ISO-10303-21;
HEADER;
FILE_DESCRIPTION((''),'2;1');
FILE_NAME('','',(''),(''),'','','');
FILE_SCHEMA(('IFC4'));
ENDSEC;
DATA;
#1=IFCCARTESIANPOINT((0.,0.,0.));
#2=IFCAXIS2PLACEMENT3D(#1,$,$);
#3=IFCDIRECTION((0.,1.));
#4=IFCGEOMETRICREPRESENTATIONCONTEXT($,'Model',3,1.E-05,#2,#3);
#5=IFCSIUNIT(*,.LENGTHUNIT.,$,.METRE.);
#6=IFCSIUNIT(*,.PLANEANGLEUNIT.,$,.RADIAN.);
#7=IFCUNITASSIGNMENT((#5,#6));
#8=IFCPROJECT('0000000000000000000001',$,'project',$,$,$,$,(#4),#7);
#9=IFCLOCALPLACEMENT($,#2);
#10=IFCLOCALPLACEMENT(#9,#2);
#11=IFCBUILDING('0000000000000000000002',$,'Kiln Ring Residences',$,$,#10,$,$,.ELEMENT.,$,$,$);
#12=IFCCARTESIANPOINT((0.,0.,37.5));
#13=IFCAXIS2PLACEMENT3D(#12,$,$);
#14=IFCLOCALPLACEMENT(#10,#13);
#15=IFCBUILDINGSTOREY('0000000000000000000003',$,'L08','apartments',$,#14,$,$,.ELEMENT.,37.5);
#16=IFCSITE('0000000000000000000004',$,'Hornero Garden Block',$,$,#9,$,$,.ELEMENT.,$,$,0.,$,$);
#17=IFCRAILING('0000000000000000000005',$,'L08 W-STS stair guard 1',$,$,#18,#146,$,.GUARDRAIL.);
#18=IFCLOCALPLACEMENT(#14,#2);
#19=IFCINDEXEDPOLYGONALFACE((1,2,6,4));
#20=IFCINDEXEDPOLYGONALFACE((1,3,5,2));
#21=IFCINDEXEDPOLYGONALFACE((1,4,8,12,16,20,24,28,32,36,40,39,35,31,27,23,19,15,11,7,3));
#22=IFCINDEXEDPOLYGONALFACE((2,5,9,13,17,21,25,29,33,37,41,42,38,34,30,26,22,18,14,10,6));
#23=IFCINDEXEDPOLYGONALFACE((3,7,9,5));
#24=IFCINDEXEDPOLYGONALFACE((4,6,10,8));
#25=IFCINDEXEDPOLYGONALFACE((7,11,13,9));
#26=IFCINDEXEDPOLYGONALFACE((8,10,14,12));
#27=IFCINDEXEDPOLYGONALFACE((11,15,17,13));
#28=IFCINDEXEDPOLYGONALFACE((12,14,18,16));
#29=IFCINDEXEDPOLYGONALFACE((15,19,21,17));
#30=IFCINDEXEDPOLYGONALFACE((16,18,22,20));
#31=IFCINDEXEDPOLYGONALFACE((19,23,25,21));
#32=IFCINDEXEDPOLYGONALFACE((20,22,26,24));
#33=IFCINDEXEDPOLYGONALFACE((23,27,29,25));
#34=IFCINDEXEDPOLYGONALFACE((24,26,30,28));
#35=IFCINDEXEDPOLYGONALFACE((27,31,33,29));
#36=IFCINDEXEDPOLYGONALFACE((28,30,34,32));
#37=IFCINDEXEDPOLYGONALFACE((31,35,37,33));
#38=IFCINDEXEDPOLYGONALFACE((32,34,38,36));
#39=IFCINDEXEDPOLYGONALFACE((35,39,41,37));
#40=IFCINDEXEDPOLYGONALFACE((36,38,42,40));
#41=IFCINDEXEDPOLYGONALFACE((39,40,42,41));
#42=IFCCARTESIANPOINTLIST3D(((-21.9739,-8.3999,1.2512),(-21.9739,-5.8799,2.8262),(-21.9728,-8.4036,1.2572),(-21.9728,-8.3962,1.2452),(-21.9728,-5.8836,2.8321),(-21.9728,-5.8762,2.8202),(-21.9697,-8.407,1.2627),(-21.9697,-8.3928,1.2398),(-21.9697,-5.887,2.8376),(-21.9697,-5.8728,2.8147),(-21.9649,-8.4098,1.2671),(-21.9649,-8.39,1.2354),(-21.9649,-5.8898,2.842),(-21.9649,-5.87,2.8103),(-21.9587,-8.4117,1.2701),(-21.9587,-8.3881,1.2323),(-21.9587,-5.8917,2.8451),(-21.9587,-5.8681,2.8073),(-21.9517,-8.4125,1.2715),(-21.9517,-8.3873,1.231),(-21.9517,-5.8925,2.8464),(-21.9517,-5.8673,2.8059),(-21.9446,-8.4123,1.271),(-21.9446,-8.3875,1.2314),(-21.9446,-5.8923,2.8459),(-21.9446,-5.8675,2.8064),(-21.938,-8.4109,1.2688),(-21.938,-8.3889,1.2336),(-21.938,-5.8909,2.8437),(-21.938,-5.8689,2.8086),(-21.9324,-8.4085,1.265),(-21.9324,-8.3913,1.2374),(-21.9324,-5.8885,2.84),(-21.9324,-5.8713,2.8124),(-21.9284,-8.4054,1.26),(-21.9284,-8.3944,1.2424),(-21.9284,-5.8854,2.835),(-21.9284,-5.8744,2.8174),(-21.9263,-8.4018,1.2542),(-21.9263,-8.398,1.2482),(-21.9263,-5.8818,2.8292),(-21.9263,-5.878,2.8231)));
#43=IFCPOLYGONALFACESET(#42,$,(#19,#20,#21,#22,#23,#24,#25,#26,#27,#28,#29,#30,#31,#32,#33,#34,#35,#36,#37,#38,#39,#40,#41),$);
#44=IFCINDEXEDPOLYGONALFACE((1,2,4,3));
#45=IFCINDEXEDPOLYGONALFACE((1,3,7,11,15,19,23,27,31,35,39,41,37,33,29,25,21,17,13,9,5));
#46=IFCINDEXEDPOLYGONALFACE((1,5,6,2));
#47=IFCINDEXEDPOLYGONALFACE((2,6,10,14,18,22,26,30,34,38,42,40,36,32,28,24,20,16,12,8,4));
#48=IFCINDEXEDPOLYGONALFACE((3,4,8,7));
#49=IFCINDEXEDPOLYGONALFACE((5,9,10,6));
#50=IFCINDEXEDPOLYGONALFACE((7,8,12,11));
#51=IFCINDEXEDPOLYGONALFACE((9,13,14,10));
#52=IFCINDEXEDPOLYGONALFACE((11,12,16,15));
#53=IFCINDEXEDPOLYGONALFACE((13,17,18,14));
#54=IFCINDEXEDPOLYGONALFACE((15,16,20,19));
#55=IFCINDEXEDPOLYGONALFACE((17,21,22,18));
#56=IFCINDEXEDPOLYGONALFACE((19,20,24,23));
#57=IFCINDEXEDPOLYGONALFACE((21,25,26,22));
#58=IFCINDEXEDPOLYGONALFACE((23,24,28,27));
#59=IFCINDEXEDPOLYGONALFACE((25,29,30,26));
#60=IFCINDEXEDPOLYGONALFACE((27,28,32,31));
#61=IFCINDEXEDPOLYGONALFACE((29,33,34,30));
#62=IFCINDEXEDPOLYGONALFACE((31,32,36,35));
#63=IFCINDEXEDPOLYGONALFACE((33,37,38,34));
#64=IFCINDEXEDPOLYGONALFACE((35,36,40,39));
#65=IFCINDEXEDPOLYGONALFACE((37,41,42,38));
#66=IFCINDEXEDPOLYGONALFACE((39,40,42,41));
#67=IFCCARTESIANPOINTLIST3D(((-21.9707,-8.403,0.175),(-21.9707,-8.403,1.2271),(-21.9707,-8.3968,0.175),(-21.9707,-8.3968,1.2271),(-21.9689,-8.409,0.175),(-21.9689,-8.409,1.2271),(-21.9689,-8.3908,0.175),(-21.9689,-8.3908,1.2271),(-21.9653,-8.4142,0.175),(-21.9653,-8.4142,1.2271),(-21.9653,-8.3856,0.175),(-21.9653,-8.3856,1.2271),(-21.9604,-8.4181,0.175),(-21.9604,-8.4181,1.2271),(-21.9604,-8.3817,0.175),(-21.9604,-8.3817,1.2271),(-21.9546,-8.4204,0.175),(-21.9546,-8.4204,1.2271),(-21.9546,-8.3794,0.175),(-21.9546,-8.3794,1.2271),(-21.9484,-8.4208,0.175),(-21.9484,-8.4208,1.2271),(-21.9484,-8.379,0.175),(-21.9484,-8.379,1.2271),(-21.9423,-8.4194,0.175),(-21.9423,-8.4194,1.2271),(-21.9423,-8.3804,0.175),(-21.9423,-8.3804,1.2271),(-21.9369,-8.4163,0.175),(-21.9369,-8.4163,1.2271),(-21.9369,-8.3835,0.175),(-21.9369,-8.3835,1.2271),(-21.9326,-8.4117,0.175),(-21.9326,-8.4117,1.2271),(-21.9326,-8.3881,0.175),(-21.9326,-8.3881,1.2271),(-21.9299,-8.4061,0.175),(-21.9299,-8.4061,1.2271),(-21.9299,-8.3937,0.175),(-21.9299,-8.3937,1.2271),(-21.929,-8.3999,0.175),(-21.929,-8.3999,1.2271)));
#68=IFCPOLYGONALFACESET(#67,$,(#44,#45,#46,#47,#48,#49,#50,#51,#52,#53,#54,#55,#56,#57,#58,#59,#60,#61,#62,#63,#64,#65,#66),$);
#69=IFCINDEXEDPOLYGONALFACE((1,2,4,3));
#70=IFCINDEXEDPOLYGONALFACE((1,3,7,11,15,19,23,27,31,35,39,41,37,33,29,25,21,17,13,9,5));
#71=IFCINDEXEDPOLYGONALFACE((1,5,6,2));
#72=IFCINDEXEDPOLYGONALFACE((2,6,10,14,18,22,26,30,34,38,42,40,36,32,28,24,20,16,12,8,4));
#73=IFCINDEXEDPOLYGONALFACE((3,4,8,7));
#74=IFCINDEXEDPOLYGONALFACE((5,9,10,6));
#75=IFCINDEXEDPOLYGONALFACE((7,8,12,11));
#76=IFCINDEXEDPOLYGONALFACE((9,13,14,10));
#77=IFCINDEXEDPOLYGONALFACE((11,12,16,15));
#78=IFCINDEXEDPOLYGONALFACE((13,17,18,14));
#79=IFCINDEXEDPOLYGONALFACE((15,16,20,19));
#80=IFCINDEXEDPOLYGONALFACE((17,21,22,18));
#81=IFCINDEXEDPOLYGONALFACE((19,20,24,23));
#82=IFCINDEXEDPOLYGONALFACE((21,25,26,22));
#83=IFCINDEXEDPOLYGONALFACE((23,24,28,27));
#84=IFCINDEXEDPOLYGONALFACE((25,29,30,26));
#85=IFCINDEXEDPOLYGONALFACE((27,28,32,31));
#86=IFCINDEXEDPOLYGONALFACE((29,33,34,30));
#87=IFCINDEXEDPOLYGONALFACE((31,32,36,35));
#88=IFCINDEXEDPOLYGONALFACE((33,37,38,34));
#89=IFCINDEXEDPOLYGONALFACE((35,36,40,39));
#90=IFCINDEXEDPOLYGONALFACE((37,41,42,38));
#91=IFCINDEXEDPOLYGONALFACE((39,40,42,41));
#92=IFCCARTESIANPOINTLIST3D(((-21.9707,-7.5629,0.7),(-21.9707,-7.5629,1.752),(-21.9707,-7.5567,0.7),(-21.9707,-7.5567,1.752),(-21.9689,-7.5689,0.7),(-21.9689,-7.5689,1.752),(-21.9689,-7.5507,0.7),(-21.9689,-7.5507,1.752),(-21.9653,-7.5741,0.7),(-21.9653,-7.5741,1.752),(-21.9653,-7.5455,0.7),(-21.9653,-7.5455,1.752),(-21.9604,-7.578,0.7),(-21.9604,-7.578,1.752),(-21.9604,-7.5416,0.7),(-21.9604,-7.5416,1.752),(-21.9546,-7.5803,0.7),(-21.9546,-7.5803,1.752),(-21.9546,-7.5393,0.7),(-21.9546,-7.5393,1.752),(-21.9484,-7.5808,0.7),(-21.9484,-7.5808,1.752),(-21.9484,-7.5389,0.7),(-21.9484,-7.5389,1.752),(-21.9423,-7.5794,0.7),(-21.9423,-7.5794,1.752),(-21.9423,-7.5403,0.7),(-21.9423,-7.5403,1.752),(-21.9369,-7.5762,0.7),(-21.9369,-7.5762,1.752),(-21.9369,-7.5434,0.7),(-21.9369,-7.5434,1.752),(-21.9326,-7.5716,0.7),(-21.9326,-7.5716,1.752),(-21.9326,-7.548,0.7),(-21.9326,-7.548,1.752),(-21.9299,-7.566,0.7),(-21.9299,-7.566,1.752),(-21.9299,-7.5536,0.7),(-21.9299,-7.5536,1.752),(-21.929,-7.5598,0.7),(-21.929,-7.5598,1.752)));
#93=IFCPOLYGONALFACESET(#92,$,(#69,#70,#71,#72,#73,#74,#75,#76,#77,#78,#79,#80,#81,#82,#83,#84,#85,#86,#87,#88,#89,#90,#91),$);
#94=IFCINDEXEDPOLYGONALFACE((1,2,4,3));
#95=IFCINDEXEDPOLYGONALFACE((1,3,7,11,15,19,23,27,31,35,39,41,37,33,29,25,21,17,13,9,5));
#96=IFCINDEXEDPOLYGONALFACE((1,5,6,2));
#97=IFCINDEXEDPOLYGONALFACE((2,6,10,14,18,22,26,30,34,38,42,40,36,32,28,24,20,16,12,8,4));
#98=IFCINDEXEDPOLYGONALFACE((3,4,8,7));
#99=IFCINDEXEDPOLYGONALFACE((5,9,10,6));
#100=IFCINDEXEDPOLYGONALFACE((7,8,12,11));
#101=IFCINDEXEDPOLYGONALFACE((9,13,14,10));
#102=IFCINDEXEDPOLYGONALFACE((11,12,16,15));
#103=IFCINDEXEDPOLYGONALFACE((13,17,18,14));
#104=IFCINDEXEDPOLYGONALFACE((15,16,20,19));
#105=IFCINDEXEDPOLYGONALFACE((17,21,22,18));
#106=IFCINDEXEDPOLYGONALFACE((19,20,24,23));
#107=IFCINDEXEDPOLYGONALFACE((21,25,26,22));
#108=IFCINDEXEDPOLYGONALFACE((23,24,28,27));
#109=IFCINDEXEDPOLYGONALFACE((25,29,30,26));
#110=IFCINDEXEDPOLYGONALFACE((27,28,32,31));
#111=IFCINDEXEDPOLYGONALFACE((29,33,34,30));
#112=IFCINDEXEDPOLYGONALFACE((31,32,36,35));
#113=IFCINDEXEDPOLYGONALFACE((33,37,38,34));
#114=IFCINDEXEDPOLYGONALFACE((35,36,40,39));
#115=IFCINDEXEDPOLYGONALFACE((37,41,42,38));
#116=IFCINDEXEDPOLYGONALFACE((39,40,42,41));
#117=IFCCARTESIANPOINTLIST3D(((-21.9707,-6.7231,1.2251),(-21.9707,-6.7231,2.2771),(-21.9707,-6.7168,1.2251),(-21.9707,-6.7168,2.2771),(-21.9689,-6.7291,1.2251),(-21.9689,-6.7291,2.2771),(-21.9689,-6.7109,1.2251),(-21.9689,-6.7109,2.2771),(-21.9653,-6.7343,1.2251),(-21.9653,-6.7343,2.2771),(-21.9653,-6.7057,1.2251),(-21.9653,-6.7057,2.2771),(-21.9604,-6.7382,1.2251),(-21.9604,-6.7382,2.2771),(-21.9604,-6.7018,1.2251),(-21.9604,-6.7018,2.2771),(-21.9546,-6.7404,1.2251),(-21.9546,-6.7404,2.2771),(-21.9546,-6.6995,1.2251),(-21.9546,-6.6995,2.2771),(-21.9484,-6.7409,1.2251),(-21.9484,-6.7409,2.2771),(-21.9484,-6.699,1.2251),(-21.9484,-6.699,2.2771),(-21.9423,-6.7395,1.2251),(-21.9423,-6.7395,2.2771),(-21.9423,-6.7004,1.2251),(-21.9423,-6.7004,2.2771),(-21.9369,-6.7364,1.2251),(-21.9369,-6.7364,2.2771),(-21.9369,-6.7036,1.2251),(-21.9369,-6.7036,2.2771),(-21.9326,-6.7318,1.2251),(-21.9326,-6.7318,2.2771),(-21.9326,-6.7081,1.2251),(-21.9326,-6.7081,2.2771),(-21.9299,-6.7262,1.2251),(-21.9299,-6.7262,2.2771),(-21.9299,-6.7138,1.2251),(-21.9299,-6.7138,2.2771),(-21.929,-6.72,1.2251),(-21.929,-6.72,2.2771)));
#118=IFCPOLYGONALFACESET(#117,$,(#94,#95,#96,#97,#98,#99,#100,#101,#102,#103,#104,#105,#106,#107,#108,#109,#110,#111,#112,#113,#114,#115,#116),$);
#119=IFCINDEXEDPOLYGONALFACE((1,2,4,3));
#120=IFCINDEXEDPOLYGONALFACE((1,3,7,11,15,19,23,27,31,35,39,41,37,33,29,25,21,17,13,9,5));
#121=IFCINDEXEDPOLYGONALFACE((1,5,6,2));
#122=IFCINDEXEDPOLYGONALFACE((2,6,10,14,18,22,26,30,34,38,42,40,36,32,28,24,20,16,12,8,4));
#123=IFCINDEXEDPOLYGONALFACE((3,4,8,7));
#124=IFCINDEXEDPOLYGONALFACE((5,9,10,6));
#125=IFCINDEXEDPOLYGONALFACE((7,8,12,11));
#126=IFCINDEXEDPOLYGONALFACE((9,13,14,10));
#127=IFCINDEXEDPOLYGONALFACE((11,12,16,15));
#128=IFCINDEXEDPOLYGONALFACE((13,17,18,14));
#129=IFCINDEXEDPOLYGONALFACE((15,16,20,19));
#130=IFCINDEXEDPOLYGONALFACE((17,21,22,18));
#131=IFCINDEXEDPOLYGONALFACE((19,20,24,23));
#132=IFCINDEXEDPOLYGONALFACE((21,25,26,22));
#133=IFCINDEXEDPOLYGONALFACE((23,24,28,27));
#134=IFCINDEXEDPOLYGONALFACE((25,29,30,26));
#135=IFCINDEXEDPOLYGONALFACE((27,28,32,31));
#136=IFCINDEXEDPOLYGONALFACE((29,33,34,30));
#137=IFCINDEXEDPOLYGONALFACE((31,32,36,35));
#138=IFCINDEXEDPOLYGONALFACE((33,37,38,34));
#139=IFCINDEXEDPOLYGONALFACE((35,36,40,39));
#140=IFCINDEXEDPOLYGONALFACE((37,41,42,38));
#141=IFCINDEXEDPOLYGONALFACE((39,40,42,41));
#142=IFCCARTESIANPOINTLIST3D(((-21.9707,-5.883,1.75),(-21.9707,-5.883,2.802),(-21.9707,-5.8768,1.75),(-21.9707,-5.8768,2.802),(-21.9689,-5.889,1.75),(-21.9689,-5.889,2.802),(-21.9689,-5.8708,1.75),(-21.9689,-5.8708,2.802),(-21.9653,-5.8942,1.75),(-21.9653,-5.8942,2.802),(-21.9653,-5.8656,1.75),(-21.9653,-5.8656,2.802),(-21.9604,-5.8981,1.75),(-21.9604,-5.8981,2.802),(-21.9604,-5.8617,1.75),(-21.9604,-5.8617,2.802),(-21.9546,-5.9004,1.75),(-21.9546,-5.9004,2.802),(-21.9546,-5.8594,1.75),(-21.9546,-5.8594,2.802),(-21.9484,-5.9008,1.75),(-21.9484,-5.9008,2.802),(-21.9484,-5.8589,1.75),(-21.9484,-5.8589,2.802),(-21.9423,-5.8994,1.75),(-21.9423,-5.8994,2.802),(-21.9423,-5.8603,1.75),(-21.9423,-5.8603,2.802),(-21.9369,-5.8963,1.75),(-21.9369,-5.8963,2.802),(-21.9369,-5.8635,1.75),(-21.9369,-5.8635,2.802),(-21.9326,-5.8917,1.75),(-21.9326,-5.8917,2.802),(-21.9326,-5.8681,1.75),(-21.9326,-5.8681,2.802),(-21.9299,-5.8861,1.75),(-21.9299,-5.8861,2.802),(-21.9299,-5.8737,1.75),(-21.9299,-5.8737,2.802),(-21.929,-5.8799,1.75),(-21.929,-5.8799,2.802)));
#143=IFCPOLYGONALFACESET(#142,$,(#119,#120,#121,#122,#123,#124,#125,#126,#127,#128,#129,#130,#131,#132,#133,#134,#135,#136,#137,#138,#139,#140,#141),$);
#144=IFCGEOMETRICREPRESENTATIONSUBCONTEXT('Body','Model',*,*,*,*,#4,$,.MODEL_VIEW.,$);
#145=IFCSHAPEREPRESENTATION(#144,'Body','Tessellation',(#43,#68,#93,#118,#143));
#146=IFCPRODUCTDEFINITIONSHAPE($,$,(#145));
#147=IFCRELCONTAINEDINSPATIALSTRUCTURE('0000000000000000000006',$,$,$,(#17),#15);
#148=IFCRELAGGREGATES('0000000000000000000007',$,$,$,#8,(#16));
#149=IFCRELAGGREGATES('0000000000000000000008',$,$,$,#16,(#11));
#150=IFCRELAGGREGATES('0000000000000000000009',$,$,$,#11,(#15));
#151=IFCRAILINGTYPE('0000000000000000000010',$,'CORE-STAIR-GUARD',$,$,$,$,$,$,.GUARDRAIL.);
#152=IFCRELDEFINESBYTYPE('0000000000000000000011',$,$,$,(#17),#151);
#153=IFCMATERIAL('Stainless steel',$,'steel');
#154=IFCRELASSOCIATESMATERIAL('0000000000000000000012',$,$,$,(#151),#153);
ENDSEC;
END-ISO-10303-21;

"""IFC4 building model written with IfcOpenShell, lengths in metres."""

from ifc_helpers import new_model, si_unit, direction, frame, origin, origin_2d, place, context, subcontext, project, spatial, circle, extrude, material, type_object, element, save


model = new_model("IFC4")

# Units and contexts
model_context = context("Model", 3, precision=1e-05, world=origin(), true_north=direction((0.0, 1.0)))
body_context = subcontext(model_context, "Body", "Model", "MODEL_VIEW")
ifc_project = project(units=[si_unit("LENGTHUNIT", "METRE"), si_unit("PLANEANGLEUNIT", "RADIAN")], contexts=[model_context])

# Site, building, storey
site_placement = place(None, origin())
site = spatial("IfcSite", under=ifc_project, at=site_placement, Name="Hornero Garden Block", CompositionType="ELEMENT", RefElevation=0.0)
building_placement = place(site_placement, origin())
building = spatial("IfcBuilding", under=site, at=building_placement, Name="Kiln Ring Residences", CompositionType="ELEMENT")
storey_placement = place(building_placement, frame((0.0, 0.0, 37.5)))
storey = spatial("IfcBuildingStorey", under=building, at=storey_placement, Name="L08", Description="apartments", CompositionType="ELEMENT", Elevation=37.5)

# Railing
ifc_material_1 = material(Name="Stainless steel", Category="steel")
railing_type_1 = type_object("IfcRailingType", Name="CORE-STAIR-GUARD", PredefinedType="GUARDRAIL", material=ifc_material_1)
railing_1_placement = place(storey_placement, frame((-21.95, -8.3999, 0.175)))
element("IfcRailing", 1, at=railing_1_placement, inside=storey, type_object=railing_type_1, Name="L08 W-STS stair guard 1", PredefinedType="GUARDRAIL", context=body_context, shape_type="SweptSolid", body=[
    extrude(circle(Radius=0.0239, at=origin_2d()), frame((0.0, 0.0, 1.0762), z_axis=(0.0, 0.848008, 0.529984), x_axis=(-1.0, 0.0, 0.0)), (0.0, 0.0, 1.0), 2.9717),
    extrude(circle(Radius=0.021, at=origin_2d()), origin(), (0.0, 0.0, 1.0), 1.052),
    extrude(circle(Radius=0.021, at=origin_2d()), frame((0.0, 0.8401, 0.5249)), (0.0, 0.0, 1.0), 1.052),
    extrude(circle(Radius=0.021, at=origin_2d()), frame((0.0, 1.6799, 1.05)), (0.0, 0.0, 1.0), 1.052),
    extrude(circle(Radius=0.021, at=origin_2d()), frame((0.0, 2.52, 1.575)), (0.0, 0.0, 1.0), 1.052),
])

save(model, "model.ifc")
